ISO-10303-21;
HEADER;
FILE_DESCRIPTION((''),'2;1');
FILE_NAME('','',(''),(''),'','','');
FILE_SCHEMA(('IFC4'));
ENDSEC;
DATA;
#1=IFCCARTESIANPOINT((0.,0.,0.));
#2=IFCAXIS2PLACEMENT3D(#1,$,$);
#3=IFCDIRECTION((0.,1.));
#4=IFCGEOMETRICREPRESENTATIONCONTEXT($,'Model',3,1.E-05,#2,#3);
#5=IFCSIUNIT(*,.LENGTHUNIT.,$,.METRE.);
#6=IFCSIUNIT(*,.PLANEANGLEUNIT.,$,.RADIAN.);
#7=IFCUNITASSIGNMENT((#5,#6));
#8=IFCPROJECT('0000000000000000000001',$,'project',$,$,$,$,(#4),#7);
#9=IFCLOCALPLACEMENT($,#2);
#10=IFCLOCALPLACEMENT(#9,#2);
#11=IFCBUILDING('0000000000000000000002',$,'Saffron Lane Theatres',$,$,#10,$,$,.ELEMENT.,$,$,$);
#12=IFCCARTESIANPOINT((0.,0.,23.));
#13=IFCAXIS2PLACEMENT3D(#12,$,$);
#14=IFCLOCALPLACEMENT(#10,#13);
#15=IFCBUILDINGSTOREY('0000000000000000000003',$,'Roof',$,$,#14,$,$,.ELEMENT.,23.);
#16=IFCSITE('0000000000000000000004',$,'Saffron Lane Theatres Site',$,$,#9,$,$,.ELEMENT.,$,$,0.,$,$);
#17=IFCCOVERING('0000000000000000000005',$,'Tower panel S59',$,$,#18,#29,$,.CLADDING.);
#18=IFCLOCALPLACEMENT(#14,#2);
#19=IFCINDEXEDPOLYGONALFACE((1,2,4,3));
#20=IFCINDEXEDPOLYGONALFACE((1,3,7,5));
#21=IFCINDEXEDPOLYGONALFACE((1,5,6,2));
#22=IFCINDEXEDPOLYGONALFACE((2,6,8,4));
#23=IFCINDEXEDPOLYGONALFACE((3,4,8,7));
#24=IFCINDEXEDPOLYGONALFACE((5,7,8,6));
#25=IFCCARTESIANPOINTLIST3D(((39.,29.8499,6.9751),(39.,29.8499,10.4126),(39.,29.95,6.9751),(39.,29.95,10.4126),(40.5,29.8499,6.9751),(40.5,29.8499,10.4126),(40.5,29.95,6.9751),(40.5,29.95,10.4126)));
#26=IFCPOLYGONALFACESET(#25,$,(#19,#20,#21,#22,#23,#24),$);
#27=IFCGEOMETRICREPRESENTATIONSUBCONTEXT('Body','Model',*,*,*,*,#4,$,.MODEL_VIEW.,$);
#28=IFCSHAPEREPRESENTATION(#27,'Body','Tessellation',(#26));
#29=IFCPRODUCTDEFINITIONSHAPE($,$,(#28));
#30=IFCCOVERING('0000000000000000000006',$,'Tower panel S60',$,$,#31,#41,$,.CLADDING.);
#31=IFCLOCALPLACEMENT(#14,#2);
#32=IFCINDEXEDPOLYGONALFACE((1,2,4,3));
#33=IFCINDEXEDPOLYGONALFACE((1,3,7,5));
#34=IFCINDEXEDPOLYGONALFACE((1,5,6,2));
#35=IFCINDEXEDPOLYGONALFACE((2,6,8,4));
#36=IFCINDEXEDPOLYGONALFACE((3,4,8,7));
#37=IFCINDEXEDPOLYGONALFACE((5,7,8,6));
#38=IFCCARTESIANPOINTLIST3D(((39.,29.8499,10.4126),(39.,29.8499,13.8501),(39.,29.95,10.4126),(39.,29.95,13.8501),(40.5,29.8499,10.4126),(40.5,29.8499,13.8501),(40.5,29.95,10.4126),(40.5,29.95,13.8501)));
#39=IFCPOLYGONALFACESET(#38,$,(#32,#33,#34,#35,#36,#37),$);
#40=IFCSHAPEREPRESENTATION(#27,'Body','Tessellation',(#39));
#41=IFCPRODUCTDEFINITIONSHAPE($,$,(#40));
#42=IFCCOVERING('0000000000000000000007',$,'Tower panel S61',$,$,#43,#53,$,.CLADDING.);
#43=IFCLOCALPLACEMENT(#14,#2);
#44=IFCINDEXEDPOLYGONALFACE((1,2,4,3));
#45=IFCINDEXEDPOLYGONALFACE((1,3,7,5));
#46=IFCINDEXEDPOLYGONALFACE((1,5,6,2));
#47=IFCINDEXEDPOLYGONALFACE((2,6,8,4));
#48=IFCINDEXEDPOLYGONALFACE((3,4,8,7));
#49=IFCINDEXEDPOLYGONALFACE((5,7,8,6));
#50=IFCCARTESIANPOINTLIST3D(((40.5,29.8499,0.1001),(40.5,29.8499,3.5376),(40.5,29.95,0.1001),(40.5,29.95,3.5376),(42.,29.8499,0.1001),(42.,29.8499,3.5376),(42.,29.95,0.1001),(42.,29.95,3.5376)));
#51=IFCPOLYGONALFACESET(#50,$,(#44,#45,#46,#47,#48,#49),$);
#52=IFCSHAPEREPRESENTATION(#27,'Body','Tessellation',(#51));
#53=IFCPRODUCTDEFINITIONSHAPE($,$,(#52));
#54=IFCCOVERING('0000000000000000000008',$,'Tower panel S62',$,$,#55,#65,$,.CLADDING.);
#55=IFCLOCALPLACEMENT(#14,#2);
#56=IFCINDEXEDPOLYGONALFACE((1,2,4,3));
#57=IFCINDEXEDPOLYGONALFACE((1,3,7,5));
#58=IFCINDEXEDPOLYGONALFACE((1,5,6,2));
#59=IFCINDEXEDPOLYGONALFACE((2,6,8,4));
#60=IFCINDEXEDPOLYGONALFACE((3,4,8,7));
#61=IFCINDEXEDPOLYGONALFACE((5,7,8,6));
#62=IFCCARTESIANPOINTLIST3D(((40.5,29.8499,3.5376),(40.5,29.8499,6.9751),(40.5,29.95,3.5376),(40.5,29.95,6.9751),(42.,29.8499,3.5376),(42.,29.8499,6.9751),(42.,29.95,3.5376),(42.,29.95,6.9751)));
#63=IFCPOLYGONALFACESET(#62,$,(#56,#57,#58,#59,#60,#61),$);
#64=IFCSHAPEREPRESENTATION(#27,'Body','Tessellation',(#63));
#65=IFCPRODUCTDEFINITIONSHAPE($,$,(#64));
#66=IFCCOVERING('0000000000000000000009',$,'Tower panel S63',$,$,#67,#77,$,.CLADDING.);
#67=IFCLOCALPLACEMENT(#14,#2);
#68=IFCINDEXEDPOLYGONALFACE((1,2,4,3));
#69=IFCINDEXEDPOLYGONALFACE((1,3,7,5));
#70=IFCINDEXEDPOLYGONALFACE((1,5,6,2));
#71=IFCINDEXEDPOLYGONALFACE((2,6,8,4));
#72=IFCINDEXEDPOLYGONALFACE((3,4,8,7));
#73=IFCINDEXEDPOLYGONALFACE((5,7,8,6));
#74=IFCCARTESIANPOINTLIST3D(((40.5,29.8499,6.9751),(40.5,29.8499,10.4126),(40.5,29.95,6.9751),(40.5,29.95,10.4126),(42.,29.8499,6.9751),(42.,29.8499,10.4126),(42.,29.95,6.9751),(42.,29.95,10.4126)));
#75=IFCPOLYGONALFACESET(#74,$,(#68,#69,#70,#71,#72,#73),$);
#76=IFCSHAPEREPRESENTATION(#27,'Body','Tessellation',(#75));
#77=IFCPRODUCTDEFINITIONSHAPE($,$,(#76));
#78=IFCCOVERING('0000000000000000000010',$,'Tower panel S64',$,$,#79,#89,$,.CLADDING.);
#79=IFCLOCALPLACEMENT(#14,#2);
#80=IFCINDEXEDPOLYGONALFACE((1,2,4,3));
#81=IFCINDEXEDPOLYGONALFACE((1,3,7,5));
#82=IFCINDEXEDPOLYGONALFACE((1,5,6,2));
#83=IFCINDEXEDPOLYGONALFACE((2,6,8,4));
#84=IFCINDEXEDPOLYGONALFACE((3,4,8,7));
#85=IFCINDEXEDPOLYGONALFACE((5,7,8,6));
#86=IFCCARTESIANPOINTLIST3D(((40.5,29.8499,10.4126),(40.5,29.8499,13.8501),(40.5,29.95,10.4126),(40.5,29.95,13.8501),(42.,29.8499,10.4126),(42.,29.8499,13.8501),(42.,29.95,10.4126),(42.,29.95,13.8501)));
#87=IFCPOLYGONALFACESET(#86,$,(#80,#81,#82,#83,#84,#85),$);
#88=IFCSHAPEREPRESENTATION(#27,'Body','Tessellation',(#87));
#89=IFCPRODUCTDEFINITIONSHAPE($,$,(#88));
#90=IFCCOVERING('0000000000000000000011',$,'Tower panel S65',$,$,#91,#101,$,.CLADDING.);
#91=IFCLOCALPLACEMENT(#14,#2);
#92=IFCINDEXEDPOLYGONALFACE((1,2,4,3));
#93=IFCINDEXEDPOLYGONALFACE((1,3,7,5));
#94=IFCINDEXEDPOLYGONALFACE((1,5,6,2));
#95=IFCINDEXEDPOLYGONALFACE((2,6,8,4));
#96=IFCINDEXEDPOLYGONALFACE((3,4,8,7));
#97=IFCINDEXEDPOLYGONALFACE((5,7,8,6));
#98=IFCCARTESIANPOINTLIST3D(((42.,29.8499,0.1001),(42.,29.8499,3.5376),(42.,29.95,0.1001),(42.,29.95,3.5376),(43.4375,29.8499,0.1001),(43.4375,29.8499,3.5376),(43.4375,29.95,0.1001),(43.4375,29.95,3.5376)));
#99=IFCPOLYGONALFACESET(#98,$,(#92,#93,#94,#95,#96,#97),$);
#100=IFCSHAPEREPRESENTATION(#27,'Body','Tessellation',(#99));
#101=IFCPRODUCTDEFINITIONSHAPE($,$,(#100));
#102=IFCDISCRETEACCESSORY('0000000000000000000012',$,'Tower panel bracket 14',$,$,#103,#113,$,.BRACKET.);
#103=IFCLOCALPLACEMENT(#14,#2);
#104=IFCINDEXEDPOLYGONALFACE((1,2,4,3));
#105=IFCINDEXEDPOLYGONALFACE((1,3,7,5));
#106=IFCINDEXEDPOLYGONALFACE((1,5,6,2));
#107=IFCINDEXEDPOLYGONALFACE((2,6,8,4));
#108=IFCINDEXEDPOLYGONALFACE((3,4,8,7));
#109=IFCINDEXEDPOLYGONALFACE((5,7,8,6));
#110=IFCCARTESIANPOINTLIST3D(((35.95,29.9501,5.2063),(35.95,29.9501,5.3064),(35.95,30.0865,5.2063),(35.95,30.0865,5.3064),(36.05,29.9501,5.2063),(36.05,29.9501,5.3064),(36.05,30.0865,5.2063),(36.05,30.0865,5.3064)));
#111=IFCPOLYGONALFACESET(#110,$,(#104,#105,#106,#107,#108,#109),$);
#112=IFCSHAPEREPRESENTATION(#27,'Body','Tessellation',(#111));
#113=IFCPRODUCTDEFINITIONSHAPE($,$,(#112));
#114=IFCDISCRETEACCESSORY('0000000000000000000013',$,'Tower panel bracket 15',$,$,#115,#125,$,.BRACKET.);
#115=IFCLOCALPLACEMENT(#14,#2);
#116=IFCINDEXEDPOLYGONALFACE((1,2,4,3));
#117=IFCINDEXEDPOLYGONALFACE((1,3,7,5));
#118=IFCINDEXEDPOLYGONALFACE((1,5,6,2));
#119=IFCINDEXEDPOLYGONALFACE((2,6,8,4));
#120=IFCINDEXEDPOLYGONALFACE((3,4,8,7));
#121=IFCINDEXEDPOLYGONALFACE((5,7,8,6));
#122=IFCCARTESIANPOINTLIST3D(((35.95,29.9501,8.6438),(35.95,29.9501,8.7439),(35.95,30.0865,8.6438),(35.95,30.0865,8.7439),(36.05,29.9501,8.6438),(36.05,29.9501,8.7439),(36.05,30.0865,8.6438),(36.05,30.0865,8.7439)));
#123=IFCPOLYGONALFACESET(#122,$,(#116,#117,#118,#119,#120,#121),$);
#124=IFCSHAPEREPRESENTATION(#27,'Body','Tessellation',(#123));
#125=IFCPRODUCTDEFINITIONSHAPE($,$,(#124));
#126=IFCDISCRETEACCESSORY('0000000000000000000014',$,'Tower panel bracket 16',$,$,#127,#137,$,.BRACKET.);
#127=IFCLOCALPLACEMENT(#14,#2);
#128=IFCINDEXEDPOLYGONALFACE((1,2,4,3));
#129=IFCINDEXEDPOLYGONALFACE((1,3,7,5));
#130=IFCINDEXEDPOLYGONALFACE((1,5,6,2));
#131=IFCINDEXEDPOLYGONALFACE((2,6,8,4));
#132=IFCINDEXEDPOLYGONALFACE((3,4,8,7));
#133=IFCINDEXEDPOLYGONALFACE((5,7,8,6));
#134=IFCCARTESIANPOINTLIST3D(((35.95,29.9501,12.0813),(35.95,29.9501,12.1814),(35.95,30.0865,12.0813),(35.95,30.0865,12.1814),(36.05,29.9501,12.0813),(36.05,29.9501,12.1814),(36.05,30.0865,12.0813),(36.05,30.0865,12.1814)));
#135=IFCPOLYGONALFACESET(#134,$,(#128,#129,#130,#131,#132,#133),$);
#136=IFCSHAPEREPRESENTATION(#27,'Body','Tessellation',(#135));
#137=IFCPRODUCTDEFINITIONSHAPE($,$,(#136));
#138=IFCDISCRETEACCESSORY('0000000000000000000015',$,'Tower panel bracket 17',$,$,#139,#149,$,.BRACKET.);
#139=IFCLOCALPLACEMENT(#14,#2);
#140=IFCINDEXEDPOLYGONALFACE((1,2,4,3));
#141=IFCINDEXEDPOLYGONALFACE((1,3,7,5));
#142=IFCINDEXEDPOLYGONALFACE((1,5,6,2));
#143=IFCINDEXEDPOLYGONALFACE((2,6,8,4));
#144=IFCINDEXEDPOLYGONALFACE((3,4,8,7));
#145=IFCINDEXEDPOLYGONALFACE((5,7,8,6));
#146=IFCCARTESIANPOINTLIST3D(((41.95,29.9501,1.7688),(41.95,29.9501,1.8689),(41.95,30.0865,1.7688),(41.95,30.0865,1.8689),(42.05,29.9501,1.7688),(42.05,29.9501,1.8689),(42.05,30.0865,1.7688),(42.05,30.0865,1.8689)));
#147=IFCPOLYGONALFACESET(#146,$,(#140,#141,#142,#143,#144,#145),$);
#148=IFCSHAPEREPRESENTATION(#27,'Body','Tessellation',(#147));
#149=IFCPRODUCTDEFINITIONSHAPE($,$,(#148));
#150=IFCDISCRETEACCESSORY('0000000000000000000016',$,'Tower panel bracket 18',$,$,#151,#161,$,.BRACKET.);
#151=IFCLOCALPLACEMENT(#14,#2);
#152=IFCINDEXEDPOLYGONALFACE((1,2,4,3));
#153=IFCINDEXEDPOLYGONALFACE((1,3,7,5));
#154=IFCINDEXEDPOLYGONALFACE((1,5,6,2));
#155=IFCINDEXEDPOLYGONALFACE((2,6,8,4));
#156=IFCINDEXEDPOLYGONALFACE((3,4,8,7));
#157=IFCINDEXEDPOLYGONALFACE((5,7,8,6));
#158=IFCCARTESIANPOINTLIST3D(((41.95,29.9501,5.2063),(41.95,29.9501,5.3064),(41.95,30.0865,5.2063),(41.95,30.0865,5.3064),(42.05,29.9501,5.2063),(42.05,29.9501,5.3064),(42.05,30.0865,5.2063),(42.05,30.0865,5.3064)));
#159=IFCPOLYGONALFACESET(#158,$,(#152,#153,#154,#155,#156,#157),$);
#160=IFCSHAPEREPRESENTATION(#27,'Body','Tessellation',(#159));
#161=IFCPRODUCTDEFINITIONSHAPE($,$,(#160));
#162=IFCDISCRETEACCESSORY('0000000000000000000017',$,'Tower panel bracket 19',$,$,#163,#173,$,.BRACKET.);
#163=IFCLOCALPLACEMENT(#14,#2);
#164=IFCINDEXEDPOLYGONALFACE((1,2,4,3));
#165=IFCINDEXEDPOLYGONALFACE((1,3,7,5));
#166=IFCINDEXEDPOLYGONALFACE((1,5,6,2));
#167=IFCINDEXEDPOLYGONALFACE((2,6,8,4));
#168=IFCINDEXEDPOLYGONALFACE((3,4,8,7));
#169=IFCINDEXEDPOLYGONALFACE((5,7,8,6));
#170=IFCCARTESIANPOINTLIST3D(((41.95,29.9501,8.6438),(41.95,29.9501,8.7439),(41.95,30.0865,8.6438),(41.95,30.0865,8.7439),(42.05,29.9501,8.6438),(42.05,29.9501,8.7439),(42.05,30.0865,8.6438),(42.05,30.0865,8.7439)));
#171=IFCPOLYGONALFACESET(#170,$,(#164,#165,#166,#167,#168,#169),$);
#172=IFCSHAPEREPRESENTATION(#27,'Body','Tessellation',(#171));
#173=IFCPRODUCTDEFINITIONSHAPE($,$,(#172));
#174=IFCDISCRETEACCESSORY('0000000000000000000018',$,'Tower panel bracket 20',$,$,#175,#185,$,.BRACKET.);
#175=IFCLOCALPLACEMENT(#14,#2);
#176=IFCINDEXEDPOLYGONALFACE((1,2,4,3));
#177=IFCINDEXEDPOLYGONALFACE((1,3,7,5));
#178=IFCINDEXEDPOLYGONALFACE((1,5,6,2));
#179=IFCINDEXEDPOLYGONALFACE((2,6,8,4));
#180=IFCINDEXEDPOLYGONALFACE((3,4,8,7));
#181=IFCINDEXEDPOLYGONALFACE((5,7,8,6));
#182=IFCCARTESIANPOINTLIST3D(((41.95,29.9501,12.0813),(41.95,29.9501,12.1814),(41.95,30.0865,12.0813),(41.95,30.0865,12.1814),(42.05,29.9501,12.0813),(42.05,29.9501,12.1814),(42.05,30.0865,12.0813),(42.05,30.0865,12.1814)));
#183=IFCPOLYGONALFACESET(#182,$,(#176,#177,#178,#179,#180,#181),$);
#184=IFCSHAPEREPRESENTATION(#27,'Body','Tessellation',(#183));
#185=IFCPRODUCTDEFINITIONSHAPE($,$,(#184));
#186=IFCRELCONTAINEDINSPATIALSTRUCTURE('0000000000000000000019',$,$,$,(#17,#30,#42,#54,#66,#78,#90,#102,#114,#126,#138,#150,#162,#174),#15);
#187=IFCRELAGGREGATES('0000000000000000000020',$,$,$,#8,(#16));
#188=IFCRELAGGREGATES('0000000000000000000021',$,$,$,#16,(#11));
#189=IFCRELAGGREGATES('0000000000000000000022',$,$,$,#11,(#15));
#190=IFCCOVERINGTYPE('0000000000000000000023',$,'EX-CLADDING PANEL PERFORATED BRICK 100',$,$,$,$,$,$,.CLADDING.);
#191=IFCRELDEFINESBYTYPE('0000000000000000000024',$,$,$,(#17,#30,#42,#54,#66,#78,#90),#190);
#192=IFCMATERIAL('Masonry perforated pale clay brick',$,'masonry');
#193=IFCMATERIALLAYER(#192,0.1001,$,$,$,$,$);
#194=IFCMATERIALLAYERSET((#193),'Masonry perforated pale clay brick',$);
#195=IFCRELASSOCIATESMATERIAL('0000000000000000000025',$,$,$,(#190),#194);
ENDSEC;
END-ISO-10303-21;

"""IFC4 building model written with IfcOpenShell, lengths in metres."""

from ifc_helpers import new_model, si_unit, direction, frame, origin, origin_2d, place, context, subcontext, project, spatial, rectangle, extrude, material, layer, layer_set, type_object, element, save


model = new_model("IFC4")

# Units and contexts
model_context = context("Model", 3, precision=1e-05, world=origin(), true_north=direction((0.0, 1.0)))
body_context = subcontext(model_context, "Body", "Model", "MODEL_VIEW")
ifc_project = project(units=[si_unit("LENGTHUNIT", "METRE"), si_unit("PLANEANGLEUNIT", "RADIAN")], contexts=[model_context])

# Site, building, storey
site_placement = place(None, origin())
site = spatial("IfcSite", under=ifc_project, at=site_placement, Name="Saffron Lane Theatres Site", CompositionType="ELEMENT", RefElevation=0.0)
building_placement = place(site_placement, origin())
building = spatial("IfcBuilding", under=site, at=building_placement, Name="Saffron Lane Theatres", CompositionType="ELEMENT")
storey_placement = place(building_placement, frame((0.0, 0.0, 23.0)))
storey = spatial("IfcBuildingStorey", under=building, at=storey_placement, Name="Roof", CompositionType="ELEMENT", Elevation=23.0)

# Coverings
ifc_material_1 = material(Name="Masonry perforated pale clay brick", Category="masonry")
ifc_layer_1 = layer(ifc_material_1, 0.1001)
ifc_layer_set_1 = layer_set([ifc_layer_1], Name="Masonry perforated pale clay brick")
covering_type_1 = type_object("IfcCoveringType", Name="EX-CLADDING PANEL PERFORATED BRICK 100", PredefinedType="CLADDING", material=ifc_layer_set_1)
for number, where, z_axis, x_axis, name in (
    (1, (39.75, 29.8999, 6.9751), (0.0, 0.0, 1.0), (1.0, 0.0, 0.0), "Tower panel S59"),
    (2, (39.75, 29.8999, 10.4126), (0.0, 0.0, 1.0), (1.0, 0.0, 0.0), "Tower panel S60"),
    (3, (41.25, 29.8999, 0.1001), (0.0, 0.0, 1.0), (1.0, 0.0, 0.0), "Tower panel S61"),
    (4, (41.25, 29.8999, 3.5376), (0.0, 0.0, 1.0), (1.0, 0.0, 0.0), "Tower panel S62"),
    (5, (41.25, 29.8999, 6.9751), (0.0, 0.0, 1.0), (1.0, 0.0, 0.0), "Tower panel S63"),
    (6, (41.25, 29.8999, 10.4126), (0.0, 0.0, 1.0), (1.0, 0.0, 0.0), "Tower panel S64"),
):
    element("IfcCovering", number, at=place(storey_placement, frame(where, z_axis=z_axis, x_axis=x_axis)), inside=storey, type_object=covering_type_1, Name=name, PredefinedType="CLADDING", context=body_context, shape_type="SweptSolid", body=[
        extrude(rectangle(XDim=1.5, YDim=0.1001, at=origin_2d()), origin(), (0.0, 0.0, 1.0), 3.4375),
    ])
covering_1_placement = place(storey_placement, frame((42.7188, 29.8999, 0.1001), z_axis=(0.0, 0.0, 1.0), x_axis=(1.0, 0.0, 0.0)))
element("IfcCovering", 7, at=covering_1_placement, inside=storey, type_object=covering_type_1, Name="Tower panel S65", PredefinedType="CLADDING", context=body_context, shape_type="SweptSolid", body=[
    extrude(rectangle(XDim=1.4375, YDim=0.1001, at=origin_2d()), origin(), (0.0, 0.0, 1.0), 3.4375),
])

# Discrete accessories
for number, where, z_axis, x_axis, name in (
    (8, (36.0, 30.0183, 5.2063), (0.0, 0.0, 1.0), (1.0, 0.0, 0.0), "Tower panel bracket 14"),
    (9, (36.0, 30.0183, 8.6438), (0.0, 0.0, 1.0), (1.0, 0.0, 0.0), "Tower panel bracket 15"),
    (10, (36.0, 30.0183, 12.0813), (0.0, 0.0, 1.0), (1.0, 0.0, 0.0), "Tower panel bracket 16"),
    (11, (42.0, 30.0183, 1.7688), (0.0, 0.0, 1.0), (1.0, 0.0, 0.0), "Tower panel bracket 17"),
    (12, (42.0, 30.0183, 5.2063), (0.0, 0.0, 1.0), (1.0, 0.0, 0.0), "Tower panel bracket 18"),
    (13, (42.0, 30.0183, 8.6438), (0.0, 0.0, 1.0), (1.0, 0.0, 0.0), "Tower panel bracket 19"),
    (14, (42.0, 30.0183, 12.0813), (0.0, 0.0, 1.0), (1.0, 0.0, 0.0), "Tower panel bracket 20"),
):
    element("IfcDiscreteAccessory", number, at=place(storey_placement, frame(where, z_axis=z_axis, x_axis=x_axis)), inside=storey, Name=name, PredefinedType="BRACKET", context=body_context, shape_type="SweptSolid", body=[
        extrude(rectangle(XDim=0.1001, YDim=0.1365, at=origin_2d()), origin(), (0.0, 0.0, 1.0), 0.1001),
    ])

save(model, "model.ifc")
